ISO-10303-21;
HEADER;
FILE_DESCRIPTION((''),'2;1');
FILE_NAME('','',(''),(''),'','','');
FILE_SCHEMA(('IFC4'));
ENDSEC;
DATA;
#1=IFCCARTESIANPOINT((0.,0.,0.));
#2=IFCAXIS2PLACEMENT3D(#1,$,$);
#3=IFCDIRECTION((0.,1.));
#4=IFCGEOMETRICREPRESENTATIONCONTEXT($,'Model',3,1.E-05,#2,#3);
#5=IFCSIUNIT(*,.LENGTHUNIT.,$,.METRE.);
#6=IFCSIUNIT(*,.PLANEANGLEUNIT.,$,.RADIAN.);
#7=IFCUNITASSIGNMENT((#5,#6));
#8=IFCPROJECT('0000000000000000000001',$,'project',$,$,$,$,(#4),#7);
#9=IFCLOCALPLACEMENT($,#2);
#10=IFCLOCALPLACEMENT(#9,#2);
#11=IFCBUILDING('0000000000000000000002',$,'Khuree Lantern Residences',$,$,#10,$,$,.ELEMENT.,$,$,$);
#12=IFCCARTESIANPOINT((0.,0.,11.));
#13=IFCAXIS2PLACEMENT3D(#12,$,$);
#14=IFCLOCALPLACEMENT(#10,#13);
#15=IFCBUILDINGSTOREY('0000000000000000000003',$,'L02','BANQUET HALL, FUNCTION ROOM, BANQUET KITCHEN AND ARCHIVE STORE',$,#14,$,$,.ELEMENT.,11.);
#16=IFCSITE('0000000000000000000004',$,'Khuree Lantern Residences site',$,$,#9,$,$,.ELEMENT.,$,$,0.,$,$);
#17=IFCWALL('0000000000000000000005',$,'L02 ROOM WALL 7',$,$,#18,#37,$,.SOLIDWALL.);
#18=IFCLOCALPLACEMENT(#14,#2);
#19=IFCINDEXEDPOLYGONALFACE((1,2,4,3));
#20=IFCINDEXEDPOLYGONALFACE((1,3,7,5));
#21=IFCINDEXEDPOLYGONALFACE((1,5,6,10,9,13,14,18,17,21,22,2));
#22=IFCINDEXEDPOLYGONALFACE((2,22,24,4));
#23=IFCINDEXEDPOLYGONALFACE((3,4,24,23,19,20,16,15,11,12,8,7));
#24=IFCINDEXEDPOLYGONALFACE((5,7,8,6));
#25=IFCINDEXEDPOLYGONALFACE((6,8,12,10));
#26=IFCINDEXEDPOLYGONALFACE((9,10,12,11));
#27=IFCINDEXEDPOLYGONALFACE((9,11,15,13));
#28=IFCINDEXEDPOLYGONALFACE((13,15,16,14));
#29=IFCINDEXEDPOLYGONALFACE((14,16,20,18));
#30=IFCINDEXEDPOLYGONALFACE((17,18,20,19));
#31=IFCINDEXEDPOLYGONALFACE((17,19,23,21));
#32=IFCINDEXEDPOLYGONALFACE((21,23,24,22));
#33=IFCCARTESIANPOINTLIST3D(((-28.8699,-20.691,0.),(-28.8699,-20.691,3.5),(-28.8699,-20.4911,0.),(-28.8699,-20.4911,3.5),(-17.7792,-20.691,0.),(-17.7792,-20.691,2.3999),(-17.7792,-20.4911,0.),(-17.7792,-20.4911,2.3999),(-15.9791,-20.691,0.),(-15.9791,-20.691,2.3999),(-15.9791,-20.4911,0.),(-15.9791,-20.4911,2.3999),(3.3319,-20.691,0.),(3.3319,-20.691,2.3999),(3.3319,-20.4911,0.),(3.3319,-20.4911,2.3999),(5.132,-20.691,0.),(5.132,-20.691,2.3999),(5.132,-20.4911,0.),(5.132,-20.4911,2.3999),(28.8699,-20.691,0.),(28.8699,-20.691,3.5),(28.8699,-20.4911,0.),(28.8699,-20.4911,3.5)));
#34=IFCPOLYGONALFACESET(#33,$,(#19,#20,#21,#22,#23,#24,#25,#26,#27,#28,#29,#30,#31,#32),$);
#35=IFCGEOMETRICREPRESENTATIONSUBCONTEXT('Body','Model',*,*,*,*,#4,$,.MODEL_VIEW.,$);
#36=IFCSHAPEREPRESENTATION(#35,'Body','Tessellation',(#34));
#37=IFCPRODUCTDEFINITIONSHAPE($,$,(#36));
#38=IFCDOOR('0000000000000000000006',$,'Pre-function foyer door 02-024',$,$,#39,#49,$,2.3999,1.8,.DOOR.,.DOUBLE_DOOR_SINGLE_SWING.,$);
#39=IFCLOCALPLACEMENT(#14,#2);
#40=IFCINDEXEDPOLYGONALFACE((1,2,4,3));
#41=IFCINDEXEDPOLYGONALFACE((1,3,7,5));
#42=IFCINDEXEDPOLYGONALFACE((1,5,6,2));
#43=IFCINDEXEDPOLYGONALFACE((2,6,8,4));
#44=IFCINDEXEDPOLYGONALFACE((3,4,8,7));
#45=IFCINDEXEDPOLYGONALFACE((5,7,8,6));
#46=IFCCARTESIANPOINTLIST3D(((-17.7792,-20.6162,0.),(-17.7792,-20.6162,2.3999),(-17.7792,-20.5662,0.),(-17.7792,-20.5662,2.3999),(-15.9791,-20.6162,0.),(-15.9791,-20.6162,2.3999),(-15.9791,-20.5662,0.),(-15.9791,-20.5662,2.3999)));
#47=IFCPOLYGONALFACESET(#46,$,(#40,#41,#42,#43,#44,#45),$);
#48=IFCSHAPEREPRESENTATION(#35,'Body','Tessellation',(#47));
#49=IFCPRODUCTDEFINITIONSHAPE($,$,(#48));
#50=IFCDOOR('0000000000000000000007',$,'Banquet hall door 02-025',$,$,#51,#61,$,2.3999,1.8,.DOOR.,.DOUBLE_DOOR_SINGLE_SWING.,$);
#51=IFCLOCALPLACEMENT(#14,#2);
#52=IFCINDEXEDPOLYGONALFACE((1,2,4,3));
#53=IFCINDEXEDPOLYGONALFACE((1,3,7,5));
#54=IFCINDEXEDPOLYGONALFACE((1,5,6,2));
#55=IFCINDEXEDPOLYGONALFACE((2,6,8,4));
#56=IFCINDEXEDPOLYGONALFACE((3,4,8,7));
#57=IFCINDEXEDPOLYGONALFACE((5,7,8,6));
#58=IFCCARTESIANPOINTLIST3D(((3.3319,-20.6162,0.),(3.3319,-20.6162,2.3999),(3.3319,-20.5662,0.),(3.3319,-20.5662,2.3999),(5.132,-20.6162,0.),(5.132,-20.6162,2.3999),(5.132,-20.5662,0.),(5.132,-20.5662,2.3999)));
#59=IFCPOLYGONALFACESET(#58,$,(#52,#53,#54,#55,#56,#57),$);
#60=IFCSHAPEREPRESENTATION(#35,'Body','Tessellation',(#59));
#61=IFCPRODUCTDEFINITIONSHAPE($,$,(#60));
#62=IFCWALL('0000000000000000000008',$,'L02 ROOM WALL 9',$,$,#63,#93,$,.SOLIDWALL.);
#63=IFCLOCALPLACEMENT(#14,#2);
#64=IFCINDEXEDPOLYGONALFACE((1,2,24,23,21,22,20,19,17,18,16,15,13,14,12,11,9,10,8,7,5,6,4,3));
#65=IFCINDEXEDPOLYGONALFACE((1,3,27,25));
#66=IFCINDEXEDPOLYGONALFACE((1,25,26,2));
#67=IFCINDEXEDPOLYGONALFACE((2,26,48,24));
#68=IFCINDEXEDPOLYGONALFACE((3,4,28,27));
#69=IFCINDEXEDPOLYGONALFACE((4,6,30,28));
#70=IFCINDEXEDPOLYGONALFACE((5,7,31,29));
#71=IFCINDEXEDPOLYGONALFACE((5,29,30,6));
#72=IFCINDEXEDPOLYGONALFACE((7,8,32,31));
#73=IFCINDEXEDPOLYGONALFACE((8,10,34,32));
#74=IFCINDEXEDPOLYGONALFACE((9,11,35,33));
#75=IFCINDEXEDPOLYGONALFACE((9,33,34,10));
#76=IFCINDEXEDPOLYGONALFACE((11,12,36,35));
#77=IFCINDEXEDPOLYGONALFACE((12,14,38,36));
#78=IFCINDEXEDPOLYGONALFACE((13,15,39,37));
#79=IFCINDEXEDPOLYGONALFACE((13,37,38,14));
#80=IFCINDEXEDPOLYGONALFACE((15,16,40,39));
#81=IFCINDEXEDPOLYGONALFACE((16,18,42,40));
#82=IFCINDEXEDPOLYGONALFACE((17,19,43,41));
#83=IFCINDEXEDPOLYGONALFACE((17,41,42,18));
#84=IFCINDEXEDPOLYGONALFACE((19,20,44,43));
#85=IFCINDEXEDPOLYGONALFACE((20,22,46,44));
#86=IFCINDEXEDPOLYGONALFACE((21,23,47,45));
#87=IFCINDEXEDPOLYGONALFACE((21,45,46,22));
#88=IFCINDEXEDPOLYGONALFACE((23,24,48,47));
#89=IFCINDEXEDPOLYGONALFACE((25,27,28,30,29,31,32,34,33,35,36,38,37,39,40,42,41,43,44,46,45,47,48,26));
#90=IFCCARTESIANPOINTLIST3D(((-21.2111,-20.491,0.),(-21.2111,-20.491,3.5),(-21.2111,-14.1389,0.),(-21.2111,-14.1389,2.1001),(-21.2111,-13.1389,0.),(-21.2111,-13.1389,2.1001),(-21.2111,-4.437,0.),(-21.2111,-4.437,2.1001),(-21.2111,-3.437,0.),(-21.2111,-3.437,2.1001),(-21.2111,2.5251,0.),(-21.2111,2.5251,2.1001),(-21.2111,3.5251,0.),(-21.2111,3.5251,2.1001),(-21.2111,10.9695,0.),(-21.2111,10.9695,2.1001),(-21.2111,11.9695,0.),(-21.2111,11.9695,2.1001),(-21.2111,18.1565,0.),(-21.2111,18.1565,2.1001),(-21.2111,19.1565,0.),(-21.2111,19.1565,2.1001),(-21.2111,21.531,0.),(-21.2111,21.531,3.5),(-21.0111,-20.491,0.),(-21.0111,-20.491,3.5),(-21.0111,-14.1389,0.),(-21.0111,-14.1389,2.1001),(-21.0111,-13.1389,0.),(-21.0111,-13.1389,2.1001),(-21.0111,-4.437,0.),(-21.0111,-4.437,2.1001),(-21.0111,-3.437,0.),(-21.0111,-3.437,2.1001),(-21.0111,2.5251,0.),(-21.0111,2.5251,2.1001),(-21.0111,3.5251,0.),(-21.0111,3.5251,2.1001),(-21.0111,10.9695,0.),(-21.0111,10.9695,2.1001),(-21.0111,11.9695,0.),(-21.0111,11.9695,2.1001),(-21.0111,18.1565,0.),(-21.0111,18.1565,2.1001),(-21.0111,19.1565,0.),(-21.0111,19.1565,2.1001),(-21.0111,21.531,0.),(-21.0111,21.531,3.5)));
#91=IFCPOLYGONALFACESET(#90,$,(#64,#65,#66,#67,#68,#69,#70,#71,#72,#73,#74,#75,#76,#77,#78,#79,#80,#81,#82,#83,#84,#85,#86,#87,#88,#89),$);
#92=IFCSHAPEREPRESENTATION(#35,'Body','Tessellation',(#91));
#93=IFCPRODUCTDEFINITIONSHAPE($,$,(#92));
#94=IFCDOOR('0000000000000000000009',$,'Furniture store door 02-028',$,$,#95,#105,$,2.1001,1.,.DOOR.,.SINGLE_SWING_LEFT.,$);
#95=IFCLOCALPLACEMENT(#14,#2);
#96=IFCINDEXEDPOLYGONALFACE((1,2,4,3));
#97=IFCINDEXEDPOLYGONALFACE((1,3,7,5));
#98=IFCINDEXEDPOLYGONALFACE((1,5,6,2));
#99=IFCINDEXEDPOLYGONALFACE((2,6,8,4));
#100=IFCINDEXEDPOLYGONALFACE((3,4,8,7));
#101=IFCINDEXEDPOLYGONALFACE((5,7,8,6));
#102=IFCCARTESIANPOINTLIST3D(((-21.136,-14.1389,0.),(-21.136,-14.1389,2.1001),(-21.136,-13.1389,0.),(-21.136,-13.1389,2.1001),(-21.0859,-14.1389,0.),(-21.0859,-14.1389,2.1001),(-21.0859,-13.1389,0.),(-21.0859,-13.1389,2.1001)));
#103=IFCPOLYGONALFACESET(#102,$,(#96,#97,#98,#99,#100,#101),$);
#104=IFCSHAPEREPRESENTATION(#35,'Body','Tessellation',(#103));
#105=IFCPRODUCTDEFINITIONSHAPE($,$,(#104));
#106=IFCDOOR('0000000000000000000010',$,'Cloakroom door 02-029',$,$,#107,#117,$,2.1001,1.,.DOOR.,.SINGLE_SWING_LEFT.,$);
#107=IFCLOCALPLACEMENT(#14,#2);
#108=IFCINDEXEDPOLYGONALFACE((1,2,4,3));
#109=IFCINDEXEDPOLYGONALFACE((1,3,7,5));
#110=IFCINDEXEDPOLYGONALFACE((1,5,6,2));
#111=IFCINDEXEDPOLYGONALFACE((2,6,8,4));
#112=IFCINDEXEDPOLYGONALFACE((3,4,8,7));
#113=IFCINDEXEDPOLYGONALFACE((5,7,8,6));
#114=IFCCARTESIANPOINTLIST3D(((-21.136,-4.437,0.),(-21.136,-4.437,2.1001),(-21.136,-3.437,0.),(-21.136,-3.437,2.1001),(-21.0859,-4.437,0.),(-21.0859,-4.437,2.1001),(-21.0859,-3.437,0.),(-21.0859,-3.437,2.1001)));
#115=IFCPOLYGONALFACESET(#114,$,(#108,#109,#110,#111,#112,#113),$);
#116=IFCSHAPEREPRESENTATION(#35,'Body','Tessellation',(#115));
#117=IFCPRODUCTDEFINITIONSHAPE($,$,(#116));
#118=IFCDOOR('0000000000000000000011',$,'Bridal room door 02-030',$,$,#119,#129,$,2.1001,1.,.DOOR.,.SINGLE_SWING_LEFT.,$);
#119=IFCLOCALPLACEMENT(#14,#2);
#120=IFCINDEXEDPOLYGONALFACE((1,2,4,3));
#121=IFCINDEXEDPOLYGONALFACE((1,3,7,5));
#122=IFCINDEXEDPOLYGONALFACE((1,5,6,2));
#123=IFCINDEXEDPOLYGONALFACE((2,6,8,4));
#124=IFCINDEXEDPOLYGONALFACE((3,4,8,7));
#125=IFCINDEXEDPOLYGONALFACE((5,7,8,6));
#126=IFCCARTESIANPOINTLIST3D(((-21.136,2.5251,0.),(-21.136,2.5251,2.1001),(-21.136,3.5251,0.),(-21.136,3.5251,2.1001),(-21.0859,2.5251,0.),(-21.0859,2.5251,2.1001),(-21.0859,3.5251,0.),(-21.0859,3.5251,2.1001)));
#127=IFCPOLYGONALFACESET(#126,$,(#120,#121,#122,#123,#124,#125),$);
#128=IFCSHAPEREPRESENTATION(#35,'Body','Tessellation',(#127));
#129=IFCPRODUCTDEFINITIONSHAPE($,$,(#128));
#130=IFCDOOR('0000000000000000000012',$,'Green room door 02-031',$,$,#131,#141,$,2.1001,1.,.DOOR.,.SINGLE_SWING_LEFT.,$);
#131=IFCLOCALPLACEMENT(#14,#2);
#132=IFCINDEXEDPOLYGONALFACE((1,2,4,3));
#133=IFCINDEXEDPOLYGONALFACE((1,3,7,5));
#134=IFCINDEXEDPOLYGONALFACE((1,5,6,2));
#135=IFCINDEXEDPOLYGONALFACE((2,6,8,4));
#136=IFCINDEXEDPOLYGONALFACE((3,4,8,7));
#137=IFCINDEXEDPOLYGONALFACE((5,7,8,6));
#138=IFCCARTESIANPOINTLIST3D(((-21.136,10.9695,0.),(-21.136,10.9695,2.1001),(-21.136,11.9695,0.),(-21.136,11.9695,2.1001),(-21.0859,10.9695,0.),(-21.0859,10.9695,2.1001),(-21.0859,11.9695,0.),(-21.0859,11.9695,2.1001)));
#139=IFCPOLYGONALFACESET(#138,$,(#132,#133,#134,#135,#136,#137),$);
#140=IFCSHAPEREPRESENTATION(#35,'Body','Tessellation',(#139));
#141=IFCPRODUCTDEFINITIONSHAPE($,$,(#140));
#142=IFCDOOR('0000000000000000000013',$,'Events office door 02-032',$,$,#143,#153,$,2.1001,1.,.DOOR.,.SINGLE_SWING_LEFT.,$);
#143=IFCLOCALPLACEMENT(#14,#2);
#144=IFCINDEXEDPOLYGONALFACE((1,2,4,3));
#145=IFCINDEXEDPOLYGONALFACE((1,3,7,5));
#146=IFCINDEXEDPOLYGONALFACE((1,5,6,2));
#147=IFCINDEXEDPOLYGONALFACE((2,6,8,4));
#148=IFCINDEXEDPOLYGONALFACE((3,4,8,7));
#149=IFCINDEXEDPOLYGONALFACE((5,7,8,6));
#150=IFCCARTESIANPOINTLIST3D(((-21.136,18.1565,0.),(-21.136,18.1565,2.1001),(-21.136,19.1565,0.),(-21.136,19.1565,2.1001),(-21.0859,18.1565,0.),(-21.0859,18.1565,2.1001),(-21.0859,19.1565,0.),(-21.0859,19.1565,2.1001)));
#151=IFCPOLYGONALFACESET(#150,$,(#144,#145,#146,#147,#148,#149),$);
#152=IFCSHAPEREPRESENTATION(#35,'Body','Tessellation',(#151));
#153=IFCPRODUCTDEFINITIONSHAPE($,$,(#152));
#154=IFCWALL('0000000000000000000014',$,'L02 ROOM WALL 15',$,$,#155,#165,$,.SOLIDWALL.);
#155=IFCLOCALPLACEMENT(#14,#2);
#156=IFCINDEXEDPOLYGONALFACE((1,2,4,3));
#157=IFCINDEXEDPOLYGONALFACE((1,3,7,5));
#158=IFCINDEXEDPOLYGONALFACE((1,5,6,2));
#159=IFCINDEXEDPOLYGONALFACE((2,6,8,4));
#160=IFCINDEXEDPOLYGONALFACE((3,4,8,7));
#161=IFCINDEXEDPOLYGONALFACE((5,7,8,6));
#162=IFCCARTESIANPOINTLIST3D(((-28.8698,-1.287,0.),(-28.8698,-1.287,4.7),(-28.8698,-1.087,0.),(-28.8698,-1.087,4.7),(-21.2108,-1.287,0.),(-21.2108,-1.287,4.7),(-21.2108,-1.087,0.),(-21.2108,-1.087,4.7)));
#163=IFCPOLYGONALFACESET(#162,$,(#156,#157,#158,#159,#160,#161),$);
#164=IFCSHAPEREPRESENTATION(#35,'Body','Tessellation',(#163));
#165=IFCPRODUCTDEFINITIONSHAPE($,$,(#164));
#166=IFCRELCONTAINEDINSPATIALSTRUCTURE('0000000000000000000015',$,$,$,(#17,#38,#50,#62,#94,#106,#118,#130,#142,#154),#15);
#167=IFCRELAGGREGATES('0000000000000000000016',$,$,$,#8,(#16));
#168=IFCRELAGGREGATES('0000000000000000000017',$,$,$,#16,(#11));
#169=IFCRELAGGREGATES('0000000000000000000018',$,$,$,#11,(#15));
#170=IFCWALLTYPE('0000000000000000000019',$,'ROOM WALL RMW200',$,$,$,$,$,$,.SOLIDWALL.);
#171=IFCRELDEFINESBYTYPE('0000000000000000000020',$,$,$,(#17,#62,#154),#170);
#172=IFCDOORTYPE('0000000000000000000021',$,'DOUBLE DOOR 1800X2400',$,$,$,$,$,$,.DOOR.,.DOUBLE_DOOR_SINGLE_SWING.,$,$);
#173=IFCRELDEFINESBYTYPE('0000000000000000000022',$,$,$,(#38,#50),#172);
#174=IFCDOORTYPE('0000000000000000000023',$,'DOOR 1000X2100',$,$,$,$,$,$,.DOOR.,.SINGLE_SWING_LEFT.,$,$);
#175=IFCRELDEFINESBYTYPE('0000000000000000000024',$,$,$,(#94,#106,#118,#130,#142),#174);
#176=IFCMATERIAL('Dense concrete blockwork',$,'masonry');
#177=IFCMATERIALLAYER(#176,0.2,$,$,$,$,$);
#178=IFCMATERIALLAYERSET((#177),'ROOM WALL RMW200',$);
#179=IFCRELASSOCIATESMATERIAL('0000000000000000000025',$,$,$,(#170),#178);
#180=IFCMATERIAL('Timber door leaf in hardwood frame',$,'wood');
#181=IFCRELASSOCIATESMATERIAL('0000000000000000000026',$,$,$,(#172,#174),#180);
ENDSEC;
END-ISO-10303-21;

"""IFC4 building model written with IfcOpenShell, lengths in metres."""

from ifc_helpers import new_model, si_unit, direction, frame, frame_2d, origin, place, context, subcontext, project, spatial, rectangle, extrude, material, layer, layer_set, type_object, element, fill, save


model = new_model("IFC4")

# Units and contexts
model_context = context("Model", 3, precision=1e-05, world=origin(), true_north=direction((0.0, 1.0)))
body_context = subcontext(model_context, "Body", "Model", "MODEL_VIEW")
ifc_project = project(units=[si_unit("LENGTHUNIT", "METRE"), si_unit("PLANEANGLEUNIT", "RADIAN")], contexts=[model_context])

# Site, building, storey
site_placement = place(None, origin())
site = spatial("IfcSite", under=ifc_project, at=site_placement, Name="Khuree Lantern Residences site", CompositionType="ELEMENT", RefElevation=0.0)
building_placement = place(site_placement, origin())
building = spatial("IfcBuilding", under=site, at=building_placement, Name="Khuree Lantern Residences", CompositionType="ELEMENT")
storey_placement = place(building_placement, frame((0.0, 0.0, 11.0)))
storey = spatial("IfcBuildingStorey", under=building, at=storey_placement, Name="L02", Description="BANQUET HALL, FUNCTION ROOM, BANQUET KITCHEN AND ARCHIVE STORE", CompositionType="ELEMENT", Elevation=11.0)

# Shared definitions
ifc_material_1 = material(Name="Dense concrete blockwork", Category="masonry")
ifc_layer_1 = layer(ifc_material_1, 0.2)
ifc_layer_set_1 = layer_set([ifc_layer_1], Name="ROOM WALL RMW200")
wall_type_1 = type_object("IfcWallType", Name="ROOM WALL RMW200", PredefinedType="SOLIDWALL", material=ifc_layer_set_1)

# Walls, openings, doors
wall_1_placement = place(storey_placement, frame((-28.8699, -20.5911, 0.0), z_axis=(0.0, 0.0, 1.0), x_axis=(1.0, 0.0, 0.0)))
wall_1 = element("IfcWall", 1, at=wall_1_placement, inside=storey, type_object=wall_type_1, Name="L02 ROOM WALL 7", PredefinedType="SOLIDWALL", context=body_context, shape_type="SweptSolid", body=[
    extrude(rectangle(XDim=57.7397, YDim=0.2, at=frame_2d((28.8699, 0.0))), origin(), (0.0, 0.0, 1.0), 3.5),
])
opening_1_placement = place(wall_1_placement, frame((11.0908, 0.0, 0.0)))
opening_1 = element("IfcOpeningElement", 2, at=opening_1_placement, cuts=wall_1, PredefinedType="OPENING", context=body_context, shape_type="SweptSolid", body=[
    extrude(rectangle(XDim=1.8, YDim=2.3999, at=frame_2d((0.8999, 1.2))), frame((0.0, 0.1099, 0.0), z_axis=(0.0, -1.0, 0.0), x_axis=(1.0, 0.0, 0.0)), (0.0, 0.0, 1.0), 0.22),
])
opening_2_placement = place(wall_1_placement, frame((32.2019, 0.0, 0.0)))
opening_2 = element("IfcOpeningElement", 3, at=opening_2_placement, cuts=wall_1, PredefinedType="OPENING", context=body_context, shape_type="SweptSolid", body=[
    extrude(rectangle(XDim=1.8, YDim=2.3999, at=frame_2d((0.8999, 1.2))), frame((0.0, 0.1099, 0.0), z_axis=(0.0, -1.0, 0.0), x_axis=(1.0, 0.0, 0.0)), (0.0, 0.0, 1.0), 0.22),
])
ifc_material_2 = material(Name="Timber door leaf in hardwood frame", Category="wood")
door_type_1 = type_object("IfcDoorType", Name="DOUBLE DOOR 1800X2400", OperationType="DOUBLE_DOOR_SINGLE_SWING", PredefinedType="DOOR", material=ifc_material_2)
door_1_placement = place(opening_1_placement, origin())
door_1 = element("IfcDoor", 4, at=door_1_placement, inside=storey, type_object=door_type_1, Name="Pre-function foyer door 02-024", OperationType="DOUBLE_DOOR_SINGLE_SWING", OverallHeight=2.3999, OverallWidth=1.8, PredefinedType="DOOR", context=body_context, shape_type="SweptSolid", body=[
    extrude(rectangle(XDim=1.8, YDim=2.3999, at=frame_2d((0.8999, 1.2))), frame((0.0, 0.0249, 0.0), z_axis=(0.0, -1.0, 0.0), x_axis=(1.0, 0.0, 0.0)), (0.0, 0.0, 1.0), 0.05),
])
fill(opening_1, door_1)
door_2_placement = place(opening_2_placement, origin())
door_2 = element("IfcDoor", 5, at=door_2_placement, inside=storey, type_object=door_type_1, Name="Banquet hall door 02-025", OperationType="DOUBLE_DOOR_SINGLE_SWING", OverallHeight=2.3999, OverallWidth=1.8, PredefinedType="DOOR", context=body_context, shape_type="SweptSolid", body=[
    extrude(rectangle(XDim=1.8, YDim=2.3999, at=frame_2d((0.8999, 1.2))), frame((0.0, 0.0249, 0.0), z_axis=(0.0, -1.0, 0.0), x_axis=(1.0, 0.0, 0.0)), (0.0, 0.0, 1.0), 0.05),
])
fill(opening_2, door_2)
wall_2_placement = place(storey_placement, frame((-21.1111, -20.491, 0.0), z_axis=(0.0, 0.0, 1.0), x_axis=(0.0, 1.0, 0.0)))
wall_2 = element("IfcWall", 6, at=wall_2_placement, inside=storey, type_object=wall_type_1, Name="L02 ROOM WALL 9", PredefinedType="SOLIDWALL", context=body_context, shape_type="SweptSolid", body=[
    extrude(rectangle(XDim=42.022, YDim=0.2, at=frame_2d((21.011, 0.0))), origin(), (0.0, 0.0, 1.0), 3.5),
])
opening_3_placement = place(wall_2_placement, frame((6.3521, 0.0, 0.0)))
opening_3 = element("IfcOpeningElement", 7, at=opening_3_placement, cuts=wall_2, PredefinedType="OPENING", context=body_context, shape_type="SweptSolid", body=[
    extrude(rectangle(XDim=1.0, YDim=2.1001, at=frame_2d((0.5, 1.05))), frame((0.0, 0.1099, 0.0), z_axis=(0.0, -1.0, 0.0), x_axis=(1.0, 0.0, 0.0)), (0.0, 0.0, 1.0), 0.22),
])
opening_4_placement = place(wall_2_placement, frame((16.054, 0.0, 0.0)))
opening_4 = element("IfcOpeningElement", 8, at=opening_4_placement, cuts=wall_2, PredefinedType="OPENING", context=body_context, shape_type="SweptSolid", body=[
    extrude(rectangle(XDim=1.0, YDim=2.1001, at=frame_2d((0.5, 1.05))), frame((0.0, 0.1099, 0.0), z_axis=(0.0, -1.0, 0.0), x_axis=(1.0, 0.0, 0.0)), (0.0, 0.0, 1.0), 0.22),
])
opening_5_placement = place(wall_2_placement, frame((23.0161, 0.0, 0.0)))
opening_5 = element("IfcOpeningElement", 9, at=opening_5_placement, cuts=wall_2, PredefinedType="OPENING", context=body_context, shape_type="SweptSolid", body=[
    extrude(rectangle(XDim=1.0, YDim=2.1001, at=frame_2d((0.5, 1.05))), frame((0.0, 0.1099, 0.0), z_axis=(0.0, -1.0, 0.0), x_axis=(1.0, 0.0, 0.0)), (0.0, 0.0, 1.0), 0.22),
])
opening_6_placement = place(wall_2_placement, frame((31.4604, 0.0, 0.0)))
opening_6 = element("IfcOpeningElement", 10, at=opening_6_placement, cuts=wall_2, PredefinedType="OPENING", context=body_context, shape_type="SweptSolid", body=[
    extrude(rectangle(XDim=1.0, YDim=2.1001, at=frame_2d((0.5, 1.05))), frame((0.0, 0.1099, 0.0), z_axis=(0.0, -1.0, 0.0), x_axis=(1.0, 0.0, 0.0)), (0.0, 0.0, 1.0), 0.22),
])
opening_7_placement = place(wall_2_placement, frame((38.6475, 0.0, 0.0)))
opening_7 = element("IfcOpeningElement", 11, at=opening_7_placement, cuts=wall_2, PredefinedType="OPENING", context=body_context, shape_type="SweptSolid", body=[
    extrude(rectangle(XDim=1.0, YDim=2.1001, at=frame_2d((0.5, 1.05))), frame((0.0, 0.1099, 0.0), z_axis=(0.0, -1.0, 0.0), x_axis=(1.0, 0.0, 0.0)), (0.0, 0.0, 1.0), 0.22),
])
door_type_2 = type_object("IfcDoorType", Name="DOOR 1000X2100", OperationType="SINGLE_SWING_LEFT", PredefinedType="DOOR", material=ifc_material_2)
door_3_placement = place(opening_3_placement, origin())
door_3 = element("IfcDoor", 12, at=door_3_placement, inside=storey, type_object=door_type_2, Name="Furniture store door 02-028", OperationType="SINGLE_SWING_LEFT", OverallHeight=2.1001, OverallWidth=1.0, PredefinedType="DOOR", context=body_context, shape_type="SweptSolid", body=[
    extrude(rectangle(XDim=1.0, YDim=2.1001, at=frame_2d((0.5, 1.05))), frame((0.0, 0.0249, 0.0), z_axis=(0.0, -1.0, 0.0), x_axis=(1.0, 0.0, 0.0)), (0.0, 0.0, 1.0), 0.05),
])
fill(opening_3, door_3)
door_4_placement = place(opening_4_placement, origin())
door_4 = element("IfcDoor", 13, at=door_4_placement, inside=storey, type_object=door_type_2, Name="Cloakroom door 02-029", OperationType="SINGLE_SWING_LEFT", OverallHeight=2.1001, OverallWidth=1.0, PredefinedType="DOOR", context=body_context, shape_type="SweptSolid", body=[
    extrude(rectangle(XDim=1.0, YDim=2.1001, at=frame_2d((0.5, 1.05))), frame((0.0, 0.0249, 0.0), z_axis=(0.0, -1.0, 0.0), x_axis=(1.0, 0.0, 0.0)), (0.0, 0.0, 1.0), 0.05),
])
fill(opening_4, door_4)
door_5_placement = place(opening_5_placement, origin())
door_5 = element("IfcDoor", 14, at=door_5_placement, inside=storey, type_object=door_type_2, Name="Bridal room door 02-030", OperationType="SINGLE_SWING_LEFT", OverallHeight=2.1001, OverallWidth=1.0, PredefinedType="DOOR", context=body_context, shape_type="SweptSolid", body=[
    extrude(rectangle(XDim=1.0, YDim=2.1001, at=frame_2d((0.5, 1.05))), frame((0.0, 0.0249, 0.0), z_axis=(0.0, -1.0, 0.0), x_axis=(1.0, 0.0, 0.0)), (0.0, 0.0, 1.0), 0.05),
])
fill(opening_5, door_5)
door_6_placement = place(opening_6_placement, origin())
door_6 = element("IfcDoor", 15, at=door_6_placement, inside=storey, type_object=door_type_2, Name="Green room door 02-031", OperationType="SINGLE_SWING_LEFT", OverallHeight=2.1001, OverallWidth=1.0, PredefinedType="DOOR", context=body_context, shape_type="SweptSolid", body=[
    extrude(rectangle(XDim=1.0, YDim=2.1001, at=frame_2d((0.5, 1.05))), frame((0.0, 0.0249, 0.0), z_axis=(0.0, -1.0, 0.0), x_axis=(1.0, 0.0, 0.0)), (0.0, 0.0, 1.0), 0.05),
])
fill(opening_6, door_6)
door_7_placement = place(opening_7_placement, origin())
door_7 = element("IfcDoor", 16, at=door_7_placement, inside=storey, type_object=door_type_2, Name="Events office door 02-032", OperationType="SINGLE_SWING_LEFT", OverallHeight=2.1001, OverallWidth=1.0, PredefinedType="DOOR", context=body_context, shape_type="SweptSolid", body=[
    extrude(rectangle(XDim=1.0, YDim=2.1001, at=frame_2d((0.5, 1.05))), frame((0.0, 0.0249, 0.0), z_axis=(0.0, -1.0, 0.0), x_axis=(1.0, 0.0, 0.0)), (0.0, 0.0, 1.0), 0.05),
])
fill(opening_7, door_7)

# Wall
wall_3_placement = place(storey_placement, frame((-28.8699, -1.187, 0.0), z_axis=(0.0, 0.0, 1.0), x_axis=(1.0, 0.0, 0.0)))
element("IfcWall", 17, at=wall_3_placement, inside=storey, type_object=wall_type_1, Name="L02 ROOM WALL 15", PredefinedType="SOLIDWALL", context=body_context, shape_type="SweptSolid", body=[
    extrude(rectangle(XDim=7.6589, YDim=0.2, at=frame_2d((3.8296, 0.0))), origin(), (0.0, 0.0, 1.0), 4.7),
])

save(model, "model.ifc")
